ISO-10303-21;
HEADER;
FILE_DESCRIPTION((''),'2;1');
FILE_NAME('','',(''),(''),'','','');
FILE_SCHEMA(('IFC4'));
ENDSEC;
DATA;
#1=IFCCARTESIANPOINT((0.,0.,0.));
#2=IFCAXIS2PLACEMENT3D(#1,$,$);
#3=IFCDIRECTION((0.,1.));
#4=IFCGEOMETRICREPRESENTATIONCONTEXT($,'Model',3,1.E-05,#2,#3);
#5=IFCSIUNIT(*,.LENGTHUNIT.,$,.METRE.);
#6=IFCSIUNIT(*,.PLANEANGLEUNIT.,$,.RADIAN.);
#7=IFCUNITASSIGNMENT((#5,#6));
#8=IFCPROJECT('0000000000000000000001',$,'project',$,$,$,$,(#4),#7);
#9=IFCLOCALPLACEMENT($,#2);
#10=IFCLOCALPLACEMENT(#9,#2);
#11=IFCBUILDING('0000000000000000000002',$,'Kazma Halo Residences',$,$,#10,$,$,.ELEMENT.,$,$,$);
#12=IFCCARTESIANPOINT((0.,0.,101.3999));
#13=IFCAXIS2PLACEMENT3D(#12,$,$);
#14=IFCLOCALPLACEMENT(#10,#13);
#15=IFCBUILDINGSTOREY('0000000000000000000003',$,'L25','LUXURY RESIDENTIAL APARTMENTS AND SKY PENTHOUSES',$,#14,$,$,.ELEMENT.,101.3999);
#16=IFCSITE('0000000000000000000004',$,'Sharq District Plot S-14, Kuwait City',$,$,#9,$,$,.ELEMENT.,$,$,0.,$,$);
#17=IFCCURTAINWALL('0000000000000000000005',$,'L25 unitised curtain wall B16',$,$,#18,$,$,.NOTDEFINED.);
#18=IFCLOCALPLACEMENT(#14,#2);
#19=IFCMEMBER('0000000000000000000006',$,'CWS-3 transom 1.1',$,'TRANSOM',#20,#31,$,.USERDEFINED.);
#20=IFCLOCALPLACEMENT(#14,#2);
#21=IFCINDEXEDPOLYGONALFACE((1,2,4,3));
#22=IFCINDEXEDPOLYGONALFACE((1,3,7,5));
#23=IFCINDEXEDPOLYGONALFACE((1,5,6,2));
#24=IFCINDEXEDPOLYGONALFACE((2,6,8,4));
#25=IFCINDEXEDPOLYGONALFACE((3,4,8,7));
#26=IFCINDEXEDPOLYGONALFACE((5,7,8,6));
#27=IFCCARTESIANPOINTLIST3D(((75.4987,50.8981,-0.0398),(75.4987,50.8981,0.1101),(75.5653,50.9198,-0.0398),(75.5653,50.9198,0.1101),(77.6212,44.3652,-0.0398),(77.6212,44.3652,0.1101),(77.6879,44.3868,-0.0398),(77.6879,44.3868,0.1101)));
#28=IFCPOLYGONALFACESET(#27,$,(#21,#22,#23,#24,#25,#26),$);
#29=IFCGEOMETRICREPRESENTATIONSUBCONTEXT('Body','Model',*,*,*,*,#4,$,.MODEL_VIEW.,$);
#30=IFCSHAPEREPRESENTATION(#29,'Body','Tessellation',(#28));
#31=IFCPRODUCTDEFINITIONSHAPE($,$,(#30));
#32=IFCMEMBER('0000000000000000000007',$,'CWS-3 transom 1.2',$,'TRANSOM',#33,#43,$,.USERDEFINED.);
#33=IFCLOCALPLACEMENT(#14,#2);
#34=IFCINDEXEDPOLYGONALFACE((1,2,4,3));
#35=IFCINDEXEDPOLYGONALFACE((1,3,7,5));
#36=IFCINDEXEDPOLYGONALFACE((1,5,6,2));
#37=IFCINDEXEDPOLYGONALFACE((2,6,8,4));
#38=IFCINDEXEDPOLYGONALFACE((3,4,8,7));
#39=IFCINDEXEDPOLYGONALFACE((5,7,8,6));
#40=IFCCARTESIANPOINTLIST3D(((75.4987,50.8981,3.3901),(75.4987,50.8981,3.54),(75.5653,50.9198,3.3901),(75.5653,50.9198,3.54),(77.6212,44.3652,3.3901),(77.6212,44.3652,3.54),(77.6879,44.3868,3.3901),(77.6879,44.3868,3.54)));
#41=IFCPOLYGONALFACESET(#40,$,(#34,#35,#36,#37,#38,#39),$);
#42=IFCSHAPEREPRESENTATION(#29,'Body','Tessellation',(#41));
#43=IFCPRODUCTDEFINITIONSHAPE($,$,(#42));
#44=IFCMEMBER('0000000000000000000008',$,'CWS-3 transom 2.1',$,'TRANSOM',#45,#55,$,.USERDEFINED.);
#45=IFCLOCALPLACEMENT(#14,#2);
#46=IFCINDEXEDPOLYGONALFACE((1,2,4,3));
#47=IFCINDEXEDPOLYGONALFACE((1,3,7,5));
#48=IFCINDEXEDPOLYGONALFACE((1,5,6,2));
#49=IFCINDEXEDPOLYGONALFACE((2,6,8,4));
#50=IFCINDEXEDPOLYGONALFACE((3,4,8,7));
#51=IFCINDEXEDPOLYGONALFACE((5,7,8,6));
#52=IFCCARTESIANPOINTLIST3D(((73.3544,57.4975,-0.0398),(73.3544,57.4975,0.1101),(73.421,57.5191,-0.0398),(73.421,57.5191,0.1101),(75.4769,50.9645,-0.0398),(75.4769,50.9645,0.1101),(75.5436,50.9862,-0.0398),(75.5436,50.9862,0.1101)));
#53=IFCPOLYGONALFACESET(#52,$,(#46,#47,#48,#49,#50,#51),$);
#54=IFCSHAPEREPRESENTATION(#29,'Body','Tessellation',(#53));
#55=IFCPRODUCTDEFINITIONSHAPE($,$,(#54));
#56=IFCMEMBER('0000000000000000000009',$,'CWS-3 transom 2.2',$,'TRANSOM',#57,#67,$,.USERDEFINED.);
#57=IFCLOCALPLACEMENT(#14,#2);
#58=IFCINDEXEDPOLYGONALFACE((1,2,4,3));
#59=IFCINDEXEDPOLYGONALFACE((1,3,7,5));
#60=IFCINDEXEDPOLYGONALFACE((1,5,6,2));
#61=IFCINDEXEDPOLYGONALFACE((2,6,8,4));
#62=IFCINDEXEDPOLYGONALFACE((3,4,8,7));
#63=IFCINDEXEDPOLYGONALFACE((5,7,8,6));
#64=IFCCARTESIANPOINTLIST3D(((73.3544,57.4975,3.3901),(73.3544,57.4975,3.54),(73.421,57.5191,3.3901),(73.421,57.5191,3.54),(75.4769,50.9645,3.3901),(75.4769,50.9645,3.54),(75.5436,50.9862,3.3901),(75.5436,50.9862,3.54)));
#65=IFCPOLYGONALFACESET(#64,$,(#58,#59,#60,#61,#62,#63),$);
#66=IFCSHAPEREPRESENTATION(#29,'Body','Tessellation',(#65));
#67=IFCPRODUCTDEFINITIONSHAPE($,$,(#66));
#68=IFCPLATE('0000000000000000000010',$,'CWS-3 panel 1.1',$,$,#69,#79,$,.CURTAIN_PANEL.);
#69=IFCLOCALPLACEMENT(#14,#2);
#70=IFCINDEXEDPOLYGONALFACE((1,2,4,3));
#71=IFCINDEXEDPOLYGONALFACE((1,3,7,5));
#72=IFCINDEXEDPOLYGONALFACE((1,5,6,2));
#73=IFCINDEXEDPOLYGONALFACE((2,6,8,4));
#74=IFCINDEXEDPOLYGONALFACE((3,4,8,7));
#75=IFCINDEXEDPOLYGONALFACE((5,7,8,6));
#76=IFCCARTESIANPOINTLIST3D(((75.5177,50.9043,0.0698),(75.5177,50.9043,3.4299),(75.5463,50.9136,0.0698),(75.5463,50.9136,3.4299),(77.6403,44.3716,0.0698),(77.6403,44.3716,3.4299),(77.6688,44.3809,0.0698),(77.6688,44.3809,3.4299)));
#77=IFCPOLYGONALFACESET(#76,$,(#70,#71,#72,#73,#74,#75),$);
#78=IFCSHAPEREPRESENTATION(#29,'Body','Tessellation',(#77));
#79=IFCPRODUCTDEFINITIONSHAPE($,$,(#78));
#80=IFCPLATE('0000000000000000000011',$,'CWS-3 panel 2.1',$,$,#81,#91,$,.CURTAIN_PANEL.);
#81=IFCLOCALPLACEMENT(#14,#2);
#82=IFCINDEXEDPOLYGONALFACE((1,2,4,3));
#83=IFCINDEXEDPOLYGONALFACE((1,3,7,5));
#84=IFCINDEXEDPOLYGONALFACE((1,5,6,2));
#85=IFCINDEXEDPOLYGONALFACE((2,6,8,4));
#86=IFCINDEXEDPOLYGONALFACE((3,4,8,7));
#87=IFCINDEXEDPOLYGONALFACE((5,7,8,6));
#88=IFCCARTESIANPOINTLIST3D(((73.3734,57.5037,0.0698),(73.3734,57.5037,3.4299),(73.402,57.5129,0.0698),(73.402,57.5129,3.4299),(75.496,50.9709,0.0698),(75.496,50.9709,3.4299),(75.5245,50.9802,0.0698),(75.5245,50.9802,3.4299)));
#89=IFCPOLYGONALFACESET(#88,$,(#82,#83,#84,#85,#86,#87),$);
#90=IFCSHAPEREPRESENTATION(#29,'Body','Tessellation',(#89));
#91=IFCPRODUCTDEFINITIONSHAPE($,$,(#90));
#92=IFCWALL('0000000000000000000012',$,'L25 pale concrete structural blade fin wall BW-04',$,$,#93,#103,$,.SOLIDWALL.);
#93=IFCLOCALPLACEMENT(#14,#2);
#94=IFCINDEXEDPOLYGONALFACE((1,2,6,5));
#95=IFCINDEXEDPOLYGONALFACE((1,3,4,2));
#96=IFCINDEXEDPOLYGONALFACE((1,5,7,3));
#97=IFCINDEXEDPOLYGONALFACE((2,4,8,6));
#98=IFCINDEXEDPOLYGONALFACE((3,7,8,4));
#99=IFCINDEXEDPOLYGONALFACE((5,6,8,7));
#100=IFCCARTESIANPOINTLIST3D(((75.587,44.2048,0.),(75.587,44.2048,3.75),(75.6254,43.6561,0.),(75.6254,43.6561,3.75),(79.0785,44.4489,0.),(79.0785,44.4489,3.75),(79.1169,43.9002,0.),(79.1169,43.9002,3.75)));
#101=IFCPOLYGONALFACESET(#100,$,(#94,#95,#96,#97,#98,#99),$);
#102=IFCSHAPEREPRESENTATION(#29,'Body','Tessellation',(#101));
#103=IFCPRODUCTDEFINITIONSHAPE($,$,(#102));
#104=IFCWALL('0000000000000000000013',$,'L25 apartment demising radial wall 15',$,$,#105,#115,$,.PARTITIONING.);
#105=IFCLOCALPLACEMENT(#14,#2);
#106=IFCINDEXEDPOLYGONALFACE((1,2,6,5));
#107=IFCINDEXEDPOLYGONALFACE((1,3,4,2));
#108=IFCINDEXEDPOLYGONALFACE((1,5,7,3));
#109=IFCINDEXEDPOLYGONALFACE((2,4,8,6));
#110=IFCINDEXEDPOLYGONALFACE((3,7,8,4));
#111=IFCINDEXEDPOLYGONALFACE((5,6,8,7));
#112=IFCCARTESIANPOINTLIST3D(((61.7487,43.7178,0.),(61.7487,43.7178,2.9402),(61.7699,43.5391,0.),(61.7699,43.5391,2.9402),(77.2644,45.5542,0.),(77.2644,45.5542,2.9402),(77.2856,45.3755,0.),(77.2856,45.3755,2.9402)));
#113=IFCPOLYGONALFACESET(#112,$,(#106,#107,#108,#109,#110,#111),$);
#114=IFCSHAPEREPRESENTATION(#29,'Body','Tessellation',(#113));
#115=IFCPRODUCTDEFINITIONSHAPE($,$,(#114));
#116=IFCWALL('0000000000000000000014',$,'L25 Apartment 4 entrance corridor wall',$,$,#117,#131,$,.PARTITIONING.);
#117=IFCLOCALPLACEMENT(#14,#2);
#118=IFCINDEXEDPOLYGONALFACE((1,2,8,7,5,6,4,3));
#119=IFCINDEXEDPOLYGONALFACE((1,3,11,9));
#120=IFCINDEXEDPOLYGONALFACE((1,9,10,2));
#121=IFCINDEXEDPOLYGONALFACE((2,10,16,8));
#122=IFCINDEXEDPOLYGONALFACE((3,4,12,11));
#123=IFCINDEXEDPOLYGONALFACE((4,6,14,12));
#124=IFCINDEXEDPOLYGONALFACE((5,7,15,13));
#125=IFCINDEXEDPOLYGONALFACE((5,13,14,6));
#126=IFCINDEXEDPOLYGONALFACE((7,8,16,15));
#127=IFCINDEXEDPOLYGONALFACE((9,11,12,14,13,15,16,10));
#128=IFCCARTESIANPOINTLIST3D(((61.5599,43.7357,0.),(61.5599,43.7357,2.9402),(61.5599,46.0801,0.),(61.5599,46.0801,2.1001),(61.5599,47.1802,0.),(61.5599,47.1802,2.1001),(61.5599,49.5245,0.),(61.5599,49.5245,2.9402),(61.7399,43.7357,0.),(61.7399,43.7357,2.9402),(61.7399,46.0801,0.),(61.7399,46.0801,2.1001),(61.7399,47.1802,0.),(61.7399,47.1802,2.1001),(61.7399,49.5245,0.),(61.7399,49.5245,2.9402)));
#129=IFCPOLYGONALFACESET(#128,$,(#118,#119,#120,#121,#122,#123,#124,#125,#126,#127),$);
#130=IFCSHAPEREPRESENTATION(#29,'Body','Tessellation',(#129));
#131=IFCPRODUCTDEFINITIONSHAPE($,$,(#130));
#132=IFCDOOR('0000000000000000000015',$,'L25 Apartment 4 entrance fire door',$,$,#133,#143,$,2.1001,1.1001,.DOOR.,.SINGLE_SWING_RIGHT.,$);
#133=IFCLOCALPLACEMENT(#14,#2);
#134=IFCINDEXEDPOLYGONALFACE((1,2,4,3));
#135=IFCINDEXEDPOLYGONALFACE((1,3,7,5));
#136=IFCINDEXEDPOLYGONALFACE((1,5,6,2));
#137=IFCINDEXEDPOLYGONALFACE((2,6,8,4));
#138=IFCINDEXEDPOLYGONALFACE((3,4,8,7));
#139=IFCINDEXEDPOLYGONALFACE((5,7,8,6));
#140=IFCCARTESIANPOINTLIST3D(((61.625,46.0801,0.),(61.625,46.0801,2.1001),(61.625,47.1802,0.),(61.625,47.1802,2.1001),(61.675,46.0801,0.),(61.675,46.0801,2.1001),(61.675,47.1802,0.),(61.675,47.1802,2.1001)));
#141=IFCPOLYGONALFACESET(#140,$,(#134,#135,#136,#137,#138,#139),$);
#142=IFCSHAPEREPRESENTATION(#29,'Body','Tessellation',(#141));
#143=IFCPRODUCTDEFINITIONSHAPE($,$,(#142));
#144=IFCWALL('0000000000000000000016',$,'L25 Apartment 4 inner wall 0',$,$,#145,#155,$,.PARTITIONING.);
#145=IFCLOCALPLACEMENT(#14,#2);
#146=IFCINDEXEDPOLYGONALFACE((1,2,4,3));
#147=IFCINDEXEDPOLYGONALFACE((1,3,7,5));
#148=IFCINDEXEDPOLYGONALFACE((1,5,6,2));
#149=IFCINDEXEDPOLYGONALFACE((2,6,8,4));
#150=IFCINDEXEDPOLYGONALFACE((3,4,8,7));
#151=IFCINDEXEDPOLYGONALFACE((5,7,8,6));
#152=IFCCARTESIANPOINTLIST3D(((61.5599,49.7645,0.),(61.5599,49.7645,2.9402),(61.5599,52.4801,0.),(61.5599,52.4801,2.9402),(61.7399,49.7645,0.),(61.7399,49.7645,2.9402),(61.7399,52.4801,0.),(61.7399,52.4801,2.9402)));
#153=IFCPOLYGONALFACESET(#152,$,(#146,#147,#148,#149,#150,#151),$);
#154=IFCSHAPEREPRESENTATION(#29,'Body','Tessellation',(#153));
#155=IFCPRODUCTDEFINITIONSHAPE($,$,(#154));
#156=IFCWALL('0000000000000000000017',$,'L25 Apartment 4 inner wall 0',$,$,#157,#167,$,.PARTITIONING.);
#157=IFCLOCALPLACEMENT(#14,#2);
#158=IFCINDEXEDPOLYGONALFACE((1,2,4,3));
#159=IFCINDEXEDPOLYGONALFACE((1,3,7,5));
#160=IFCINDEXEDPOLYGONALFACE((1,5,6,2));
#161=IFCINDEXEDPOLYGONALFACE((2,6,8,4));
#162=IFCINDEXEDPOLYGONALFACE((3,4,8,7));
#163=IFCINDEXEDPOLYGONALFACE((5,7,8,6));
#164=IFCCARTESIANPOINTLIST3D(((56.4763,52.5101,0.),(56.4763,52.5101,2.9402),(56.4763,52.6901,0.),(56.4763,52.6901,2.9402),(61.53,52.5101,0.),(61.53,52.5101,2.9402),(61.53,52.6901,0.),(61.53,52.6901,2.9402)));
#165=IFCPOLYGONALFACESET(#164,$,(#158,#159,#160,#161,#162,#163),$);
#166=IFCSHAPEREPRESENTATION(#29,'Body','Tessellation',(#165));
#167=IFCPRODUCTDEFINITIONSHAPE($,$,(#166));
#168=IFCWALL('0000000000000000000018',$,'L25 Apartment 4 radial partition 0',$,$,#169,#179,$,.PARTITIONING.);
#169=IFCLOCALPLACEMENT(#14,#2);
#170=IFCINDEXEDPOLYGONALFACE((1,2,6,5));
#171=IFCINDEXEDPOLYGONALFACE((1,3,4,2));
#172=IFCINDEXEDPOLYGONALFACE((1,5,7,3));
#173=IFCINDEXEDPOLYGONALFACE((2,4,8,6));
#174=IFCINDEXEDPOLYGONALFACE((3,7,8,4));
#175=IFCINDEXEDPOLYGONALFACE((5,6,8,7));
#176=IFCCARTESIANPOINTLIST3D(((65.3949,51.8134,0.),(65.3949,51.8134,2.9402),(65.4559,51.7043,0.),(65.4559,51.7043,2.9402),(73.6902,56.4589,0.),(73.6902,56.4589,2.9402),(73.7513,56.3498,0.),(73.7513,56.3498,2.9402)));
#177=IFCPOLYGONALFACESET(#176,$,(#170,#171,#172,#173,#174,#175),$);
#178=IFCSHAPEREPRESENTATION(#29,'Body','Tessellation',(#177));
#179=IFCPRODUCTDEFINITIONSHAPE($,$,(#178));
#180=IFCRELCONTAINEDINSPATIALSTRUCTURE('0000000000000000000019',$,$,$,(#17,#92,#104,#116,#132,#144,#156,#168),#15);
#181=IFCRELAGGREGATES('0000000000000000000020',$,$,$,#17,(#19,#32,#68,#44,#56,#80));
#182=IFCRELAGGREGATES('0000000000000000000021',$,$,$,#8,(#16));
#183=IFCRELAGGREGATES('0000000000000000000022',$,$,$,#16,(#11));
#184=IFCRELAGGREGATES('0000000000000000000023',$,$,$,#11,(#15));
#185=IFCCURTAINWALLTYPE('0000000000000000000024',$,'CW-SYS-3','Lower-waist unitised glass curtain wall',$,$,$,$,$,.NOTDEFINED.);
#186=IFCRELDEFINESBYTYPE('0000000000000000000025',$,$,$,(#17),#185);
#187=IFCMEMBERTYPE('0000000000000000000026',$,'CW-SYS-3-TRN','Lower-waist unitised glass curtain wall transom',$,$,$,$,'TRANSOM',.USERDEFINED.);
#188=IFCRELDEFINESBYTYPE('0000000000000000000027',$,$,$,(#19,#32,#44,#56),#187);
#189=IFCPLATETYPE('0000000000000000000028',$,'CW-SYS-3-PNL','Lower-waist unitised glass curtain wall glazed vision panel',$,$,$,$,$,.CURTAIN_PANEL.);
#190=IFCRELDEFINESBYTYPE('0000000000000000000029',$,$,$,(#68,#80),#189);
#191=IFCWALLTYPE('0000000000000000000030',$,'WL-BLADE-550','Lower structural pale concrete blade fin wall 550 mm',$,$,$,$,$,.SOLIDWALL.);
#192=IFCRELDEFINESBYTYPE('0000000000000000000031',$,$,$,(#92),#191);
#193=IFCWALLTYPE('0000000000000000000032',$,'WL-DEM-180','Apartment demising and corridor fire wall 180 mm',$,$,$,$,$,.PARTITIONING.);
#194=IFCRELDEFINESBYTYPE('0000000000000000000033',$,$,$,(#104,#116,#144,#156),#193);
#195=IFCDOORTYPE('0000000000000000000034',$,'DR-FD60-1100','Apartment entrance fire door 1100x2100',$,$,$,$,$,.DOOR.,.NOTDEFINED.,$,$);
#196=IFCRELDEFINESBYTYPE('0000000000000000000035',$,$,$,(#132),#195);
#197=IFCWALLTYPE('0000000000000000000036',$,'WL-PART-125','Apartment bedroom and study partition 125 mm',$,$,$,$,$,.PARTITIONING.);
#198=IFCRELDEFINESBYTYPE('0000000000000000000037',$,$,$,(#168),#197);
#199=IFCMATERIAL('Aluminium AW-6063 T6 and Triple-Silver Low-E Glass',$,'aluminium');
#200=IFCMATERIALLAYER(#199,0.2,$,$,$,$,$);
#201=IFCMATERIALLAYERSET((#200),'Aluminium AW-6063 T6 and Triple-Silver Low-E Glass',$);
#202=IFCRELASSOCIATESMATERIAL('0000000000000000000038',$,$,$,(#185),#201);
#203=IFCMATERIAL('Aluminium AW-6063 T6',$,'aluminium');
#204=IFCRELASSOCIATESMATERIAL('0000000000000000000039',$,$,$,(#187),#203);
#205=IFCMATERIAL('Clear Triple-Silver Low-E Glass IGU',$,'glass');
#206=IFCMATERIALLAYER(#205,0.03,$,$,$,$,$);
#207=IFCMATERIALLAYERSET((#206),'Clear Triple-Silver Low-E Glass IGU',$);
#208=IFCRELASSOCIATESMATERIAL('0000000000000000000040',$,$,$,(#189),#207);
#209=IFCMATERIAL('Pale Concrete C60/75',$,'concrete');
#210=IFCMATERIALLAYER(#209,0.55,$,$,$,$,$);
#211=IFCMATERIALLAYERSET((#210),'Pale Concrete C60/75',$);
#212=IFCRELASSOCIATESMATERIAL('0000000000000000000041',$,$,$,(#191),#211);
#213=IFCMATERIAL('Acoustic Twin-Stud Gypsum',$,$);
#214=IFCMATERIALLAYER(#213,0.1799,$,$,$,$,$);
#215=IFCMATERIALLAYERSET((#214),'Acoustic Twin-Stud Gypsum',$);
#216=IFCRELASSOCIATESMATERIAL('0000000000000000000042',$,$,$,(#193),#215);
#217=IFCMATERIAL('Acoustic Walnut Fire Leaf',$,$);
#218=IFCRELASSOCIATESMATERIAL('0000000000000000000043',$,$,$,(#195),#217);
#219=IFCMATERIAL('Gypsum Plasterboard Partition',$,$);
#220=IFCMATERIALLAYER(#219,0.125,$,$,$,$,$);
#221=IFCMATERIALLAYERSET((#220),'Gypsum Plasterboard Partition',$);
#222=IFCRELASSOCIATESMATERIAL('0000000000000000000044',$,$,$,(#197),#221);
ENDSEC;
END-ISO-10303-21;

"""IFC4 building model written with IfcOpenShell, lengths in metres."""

from ifc_helpers import new_model, si_unit, direction, frame, frame_2d, origin, origin_2d, place, context, subcontext, project, spatial, rectangle, extrude, material, layer, layer_set, material_profile, profile_set, type_object, element, fill, aggregate, save


model = new_model("IFC4")

# Units and contexts
model_context = context("Model", 3, precision=1e-05, world=origin(), true_north=direction((0.0, 1.0)))
body_context = subcontext(model_context, "Body", "Model", "MODEL_VIEW")
ifc_project = project(units=[si_unit("LENGTHUNIT", "METRE"), si_unit("PLANEANGLEUNIT", "RADIAN")], contexts=[model_context])

# Site, building, storey
site_placement = place(None, origin())
site = spatial("IfcSite", under=ifc_project, at=site_placement, Name="Sharq District Plot S-14, Kuwait City", CompositionType="ELEMENT", RefElevation=0.0)
building_placement = place(site_placement, origin())
building = spatial("IfcBuilding", under=site, at=building_placement, Name="Kazma Halo Residences", CompositionType="ELEMENT")
storey_placement = place(building_placement, frame((0.0, 0.0, 101.3999)))
storey = spatial("IfcBuildingStorey", under=building, at=storey_placement, Name="L25", Description="LUXURY RESIDENTIAL APARTMENTS AND SKY PENTHOUSES", CompositionType="ELEMENT", Elevation=101.3999)

# Shared definitions
ifc_material_1 = material(Name="Aluminium AW-6063 T6 and Triple-Silver Low-E Glass", Category="aluminium")
ifc_layer_1 = layer(ifc_material_1, 0.2)
ifc_layer_set_1 = layer_set([ifc_layer_1], Name="Aluminium AW-6063 T6 and Triple-Silver Low-E Glass")
curtain_wall_type = type_object("IfcCurtainWallType", Name="CW-SYS-3", Description="Lower-waist unitised glass curtain wall", PredefinedType="NOTDEFINED", material=ifc_layer_set_1)
ifc_material_2 = material(Name="Aluminium AW-6063 T6", Category="aluminium")

# Curtain wall, members, plates
curtain_wall_1_placement = place(storey_placement, origin())
curtain_wall_1 = element("IfcCurtainWall", 1, at=curtain_wall_1_placement, inside=storey, type_object=curtain_wall_type, Name="L25 unitised curtain wall B16", PredefinedType="NOTDEFINED")
ifc_material_profile_1 = material_profile(ifc_material_2, rectangle(XDim=0.0701, YDim=0.1499, at=origin_2d()), Name="CWT-70x150")
ifc_profile_set_1 = profile_set([ifc_material_profile_1], Name="Aluminium AW-6063 T6")
member_type_1 = type_object("IfcMemberType", Name="CW-SYS-3-TRN", Description="Lower-waist unitised glass curtain wall transom", ElementType="TRANSOM", PredefinedType="USERDEFINED", material=ifc_profile_set_1)
member_1_placement = place(storey_placement, frame((77.6545, 44.376, 0.0352), z_axis=(-0.309, 0.951062, 0.0), x_axis=(-0.951062, -0.309, 0.0)))
member_1 = element("IfcMember", 2, at=member_1_placement, type_object=member_type_1, Name="CWS-3 transom 1.1", ObjectType="TRANSOM", PredefinedType="USERDEFINED", context=body_context, shape_type="SweptSolid", body=[
    extrude(rectangle(XDim=0.0701, YDim=0.1499, at=origin_2d()), origin(), (0.0, 0.0, 1.0), 6.8691),
])
member_2_placement = place(storey_placement, frame((77.6545, 44.376, 3.4651), z_axis=(-0.309, 0.951062, 0.0), x_axis=(-0.951062, -0.309, 0.0)))
member_2 = element("IfcMember", 3, at=member_2_placement, type_object=member_type_1, Name="CWS-3 transom 1.2", ObjectType="TRANSOM", PredefinedType="USERDEFINED", context=body_context, shape_type="SweptSolid", body=[
    extrude(rectangle(XDim=0.0701, YDim=0.1499, at=origin_2d()), origin(), (0.0, 0.0, 1.0), 6.8691),
])
member_3_placement = place(storey_placement, frame((75.5103, 50.9753, 0.0352), z_axis=(-0.309, 0.951062, 0.0), x_axis=(-0.951062, -0.309, 0.0)))
member_3 = element("IfcMember", 4, at=member_3_placement, type_object=member_type_1, Name="CWS-3 transom 2.1", ObjectType="TRANSOM", PredefinedType="USERDEFINED", context=body_context, shape_type="SweptSolid", body=[
    extrude(rectangle(XDim=0.0701, YDim=0.1499, at=origin_2d()), origin(), (0.0, 0.0, 1.0), 6.8691),
])
member_4_placement = place(storey_placement, frame((75.5103, 50.9753, 3.4651), z_axis=(-0.309, 0.951062, 0.0), x_axis=(-0.951062, -0.309, 0.0)))
member_4 = element("IfcMember", 5, at=member_4_placement, type_object=member_type_1, Name="CWS-3 transom 2.2", ObjectType="TRANSOM", PredefinedType="USERDEFINED", context=body_context, shape_type="SweptSolid", body=[
    extrude(rectangle(XDim=0.0701, YDim=0.1499, at=origin_2d()), origin(), (0.0, 0.0, 1.0), 6.8691),
])
ifc_material_3 = material(Name="Clear Triple-Silver Low-E Glass IGU", Category="glass")
ifc_layer_2 = layer(ifc_material_3, 0.03)
ifc_layer_set_2 = layer_set([ifc_layer_2], Name="Clear Triple-Silver Low-E Glass IGU")
plate_type = type_object("IfcPlateType", Name="CW-SYS-3-PNL", Description="Lower-waist unitised glass curtain wall glazed vision panel", PredefinedType="CURTAIN_PANEL", material=ifc_layer_set_2)
plate_1_placement = place(storey_placement, frame((76.5933, 47.6426, 0.0698), z_axis=(0.0, 0.0, 1.0), x_axis=(-0.309013, 0.951058, 0.0)))
plate_1 = element("IfcPlate", 6, at=plate_1_placement, type_object=plate_type, Name="CWS-3 panel 1.1", PredefinedType="CURTAIN_PANEL", context=body_context, shape_type="SweptSolid", body=[
    extrude(rectangle(XDim=6.8689, YDim=0.03, at=origin_2d()), origin(), (0.0, 0.0, 1.0), 3.3601),
])
plate_2_placement = place(storey_placement, frame((74.449, 54.2419, 0.0698), z_axis=(0.0, 0.0, 1.0), x_axis=(-0.309013, 0.951058, 0.0)))
plate_2 = element("IfcPlate", 7, at=plate_2_placement, type_object=plate_type, Name="CWS-3 panel 2.1", PredefinedType="CURTAIN_PANEL", context=body_context, shape_type="SweptSolid", body=[
    extrude(rectangle(XDim=6.8689, YDim=0.03, at=origin_2d()), origin(), (0.0, 0.0, 1.0), 3.3601),
])
aggregate(curtain_wall_1, [member_1, member_2, plate_1, member_3, member_4, plate_2])

# Walls
ifc_material_4 = material(Name="Pale Concrete C60/75", Category="concrete")
ifc_layer_3 = layer(ifc_material_4, 0.55)
ifc_layer_set_3 = layer_set([ifc_layer_3], Name="Pale Concrete C60/75")
wall_type_1 = type_object("IfcWallType", Name="WL-BLADE-550", Description="Lower structural pale concrete blade fin wall 550 mm", PredefinedType="SOLIDWALL", material=ifc_layer_set_3)
wall_1_placement = place(storey_placement, frame((75.6062, 43.9304, 0.0), z_axis=(0.0, 0.0, 1.0), x_axis=(0.997564, 0.069755, 0.0)))
element("IfcWall", 8, at=wall_1_placement, inside=storey, type_object=wall_type_1, Name="L25 pale concrete structural blade fin wall BW-04", PredefinedType="SOLIDWALL", context=body_context, shape_type="SweptSolid", body=[
    extrude(rectangle(XDim=3.5, YDim=0.55, at=frame_2d((1.75, 0.0))), origin(), (0.0, 0.0, 1.0), 3.75),
])
ifc_material_5 = material(Name="Acoustic Twin-Stud Gypsum")
ifc_layer_4 = layer(ifc_material_5, 0.1799)
ifc_layer_set_4 = layer_set([ifc_layer_4], Name="Acoustic Twin-Stud Gypsum")
wall_type_2 = type_object("IfcWallType", Name="WL-DEM-180", Description="Apartment demising and corridor fire wall 180 mm", PredefinedType="PARTITIONING", material=ifc_layer_set_4)
wall_2_placement = place(storey_placement, frame((61.7593, 43.6284, 0.0), z_axis=(0.0, 0.0, 1.0), x_axis=(0.993068, 0.117539, 0.0)))
element("IfcWall", 9, at=wall_2_placement, inside=storey, type_object=wall_type_2, Name="L25 apartment demising radial wall 15", PredefinedType="PARTITIONING", context=body_context, shape_type="SweptSolid", body=[
    extrude(rectangle(XDim=15.624, YDim=0.1799, at=frame_2d((7.812, 0.0))), origin(), (0.0, 0.0, 1.0), 2.9402),
])

# Wall, opening, door
wall_3_placement = place(storey_placement, frame((61.6499, 43.7356, 0.0), z_axis=(0.0, 0.0, 1.0), x_axis=(0.0, 1.0, 0.0)))
wall_3 = element("IfcWall", 10, at=wall_3_placement, inside=storey, type_object=wall_type_2, Name="L25 Apartment 4 entrance corridor wall", PredefinedType="PARTITIONING", context=body_context, shape_type="SweptSolid", body=[
    extrude(rectangle(XDim=5.7888, YDim=0.1799, at=frame_2d((2.8945, 0.0))), origin(), (0.0, 0.0, 1.0), 2.9402),
])
opening_1_placement = place(wall_3_placement, frame((2.3445, 0.0, 0.0)))
opening_1 = element("IfcOpeningElement", 11, at=opening_1_placement, cuts=wall_3, PredefinedType="OPENING", context=body_context, shape_type="SweptSolid", body=[
    extrude(rectangle(XDim=1.1001, YDim=2.1001, at=frame_2d((0.55, 1.05))), frame((0.0, 0.0999, 0.0), z_axis=(0.0, -1.0, 0.0), x_axis=(1.0, 0.0, 0.0)), (0.0, 0.0, 1.0), 0.2),
])
ifc_material_6 = material(Name="Acoustic Walnut Fire Leaf")
door_type_1 = type_object("IfcDoorType", Name="DR-FD60-1100", Description="Apartment entrance fire door 1100x2100", OperationType="NOTDEFINED", PredefinedType="DOOR", material=ifc_material_6)
door_1_placement = place(opening_1_placement, origin())
door_1 = element("IfcDoor", 12, at=door_1_placement, inside=storey, type_object=door_type_1, Name="L25 Apartment 4 entrance fire door", OperationType="SINGLE_SWING_RIGHT", OverallHeight=2.1001, OverallWidth=1.1001, PredefinedType="DOOR", context=body_context, shape_type="SweptSolid", body=[
    extrude(rectangle(XDim=1.1001, YDim=2.1001, at=frame_2d((0.55, 1.05))), frame((0.0, 0.0249, 0.0), z_axis=(0.0, -1.0, 0.0), x_axis=(1.0, 0.0, 0.0)), (0.0, 0.0, 1.0), 0.05),
])
fill(opening_1, door_1)

# Walls
wall_4_placement = place(storey_placement, frame((61.6499, 49.7644, 0.0), z_axis=(0.0, 0.0, 1.0), x_axis=(0.0, 1.0, 0.0)))
element("IfcWall", 13, at=wall_4_placement, inside=storey, type_object=wall_type_2, Name="L25 Apartment 4 inner wall 0", PredefinedType="PARTITIONING", context=body_context, shape_type="SweptSolid", body=[
    extrude(rectangle(XDim=2.7156, YDim=0.1799, at=frame_2d((1.3579, 0.0))), origin(), (0.0, 0.0, 1.0), 2.9402),
])
wall_5_placement = place(storey_placement, frame((61.53, 52.6001, 0.0), z_axis=(0.0, 0.0, 1.0), x_axis=(-1.0, 0.0, 0.0)))
element("IfcWall", 14, at=wall_5_placement, inside=storey, type_object=wall_type_2, Name="L25 Apartment 4 inner wall 0", PredefinedType="PARTITIONING", context=body_context, shape_type="SweptSolid", body=[
    extrude(rectangle(XDim=5.0537, YDim=0.1799, at=frame_2d((2.5269, 0.0))), origin(), (0.0, 0.0, 1.0), 2.9402),
])
ifc_material_7 = material(Name="Gypsum Plasterboard Partition")
ifc_layer_5 = layer(ifc_material_7, 0.125)
ifc_layer_set_5 = layer_set([ifc_layer_5], Name="Gypsum Plasterboard Partition")
wall_type_3 = type_object("IfcWallType", Name="WL-PART-125", Description="Apartment bedroom and study partition 125 mm", PredefinedType="PARTITIONING", material=ifc_layer_set_5)
wall_6_placement = place(storey_placement, frame((65.4253, 51.7588, 0.0), z_axis=(0.0, 0.0, 1.0), x_axis=(0.872503, 0.48861, 0.0)))
element("IfcWall", 15, at=wall_6_placement, inside=storey, type_object=wall_type_3, Name="L25 Apartment 4 radial partition 0", PredefinedType="PARTITIONING", context=body_context, shape_type="SweptSolid", body=[
    extrude(rectangle(XDim=9.5076, YDim=0.125, at=frame_2d((4.7539, 0.0))), origin(), (0.0, 0.0, 1.0), 2.9402),
])

save(model, "model.ifc")
